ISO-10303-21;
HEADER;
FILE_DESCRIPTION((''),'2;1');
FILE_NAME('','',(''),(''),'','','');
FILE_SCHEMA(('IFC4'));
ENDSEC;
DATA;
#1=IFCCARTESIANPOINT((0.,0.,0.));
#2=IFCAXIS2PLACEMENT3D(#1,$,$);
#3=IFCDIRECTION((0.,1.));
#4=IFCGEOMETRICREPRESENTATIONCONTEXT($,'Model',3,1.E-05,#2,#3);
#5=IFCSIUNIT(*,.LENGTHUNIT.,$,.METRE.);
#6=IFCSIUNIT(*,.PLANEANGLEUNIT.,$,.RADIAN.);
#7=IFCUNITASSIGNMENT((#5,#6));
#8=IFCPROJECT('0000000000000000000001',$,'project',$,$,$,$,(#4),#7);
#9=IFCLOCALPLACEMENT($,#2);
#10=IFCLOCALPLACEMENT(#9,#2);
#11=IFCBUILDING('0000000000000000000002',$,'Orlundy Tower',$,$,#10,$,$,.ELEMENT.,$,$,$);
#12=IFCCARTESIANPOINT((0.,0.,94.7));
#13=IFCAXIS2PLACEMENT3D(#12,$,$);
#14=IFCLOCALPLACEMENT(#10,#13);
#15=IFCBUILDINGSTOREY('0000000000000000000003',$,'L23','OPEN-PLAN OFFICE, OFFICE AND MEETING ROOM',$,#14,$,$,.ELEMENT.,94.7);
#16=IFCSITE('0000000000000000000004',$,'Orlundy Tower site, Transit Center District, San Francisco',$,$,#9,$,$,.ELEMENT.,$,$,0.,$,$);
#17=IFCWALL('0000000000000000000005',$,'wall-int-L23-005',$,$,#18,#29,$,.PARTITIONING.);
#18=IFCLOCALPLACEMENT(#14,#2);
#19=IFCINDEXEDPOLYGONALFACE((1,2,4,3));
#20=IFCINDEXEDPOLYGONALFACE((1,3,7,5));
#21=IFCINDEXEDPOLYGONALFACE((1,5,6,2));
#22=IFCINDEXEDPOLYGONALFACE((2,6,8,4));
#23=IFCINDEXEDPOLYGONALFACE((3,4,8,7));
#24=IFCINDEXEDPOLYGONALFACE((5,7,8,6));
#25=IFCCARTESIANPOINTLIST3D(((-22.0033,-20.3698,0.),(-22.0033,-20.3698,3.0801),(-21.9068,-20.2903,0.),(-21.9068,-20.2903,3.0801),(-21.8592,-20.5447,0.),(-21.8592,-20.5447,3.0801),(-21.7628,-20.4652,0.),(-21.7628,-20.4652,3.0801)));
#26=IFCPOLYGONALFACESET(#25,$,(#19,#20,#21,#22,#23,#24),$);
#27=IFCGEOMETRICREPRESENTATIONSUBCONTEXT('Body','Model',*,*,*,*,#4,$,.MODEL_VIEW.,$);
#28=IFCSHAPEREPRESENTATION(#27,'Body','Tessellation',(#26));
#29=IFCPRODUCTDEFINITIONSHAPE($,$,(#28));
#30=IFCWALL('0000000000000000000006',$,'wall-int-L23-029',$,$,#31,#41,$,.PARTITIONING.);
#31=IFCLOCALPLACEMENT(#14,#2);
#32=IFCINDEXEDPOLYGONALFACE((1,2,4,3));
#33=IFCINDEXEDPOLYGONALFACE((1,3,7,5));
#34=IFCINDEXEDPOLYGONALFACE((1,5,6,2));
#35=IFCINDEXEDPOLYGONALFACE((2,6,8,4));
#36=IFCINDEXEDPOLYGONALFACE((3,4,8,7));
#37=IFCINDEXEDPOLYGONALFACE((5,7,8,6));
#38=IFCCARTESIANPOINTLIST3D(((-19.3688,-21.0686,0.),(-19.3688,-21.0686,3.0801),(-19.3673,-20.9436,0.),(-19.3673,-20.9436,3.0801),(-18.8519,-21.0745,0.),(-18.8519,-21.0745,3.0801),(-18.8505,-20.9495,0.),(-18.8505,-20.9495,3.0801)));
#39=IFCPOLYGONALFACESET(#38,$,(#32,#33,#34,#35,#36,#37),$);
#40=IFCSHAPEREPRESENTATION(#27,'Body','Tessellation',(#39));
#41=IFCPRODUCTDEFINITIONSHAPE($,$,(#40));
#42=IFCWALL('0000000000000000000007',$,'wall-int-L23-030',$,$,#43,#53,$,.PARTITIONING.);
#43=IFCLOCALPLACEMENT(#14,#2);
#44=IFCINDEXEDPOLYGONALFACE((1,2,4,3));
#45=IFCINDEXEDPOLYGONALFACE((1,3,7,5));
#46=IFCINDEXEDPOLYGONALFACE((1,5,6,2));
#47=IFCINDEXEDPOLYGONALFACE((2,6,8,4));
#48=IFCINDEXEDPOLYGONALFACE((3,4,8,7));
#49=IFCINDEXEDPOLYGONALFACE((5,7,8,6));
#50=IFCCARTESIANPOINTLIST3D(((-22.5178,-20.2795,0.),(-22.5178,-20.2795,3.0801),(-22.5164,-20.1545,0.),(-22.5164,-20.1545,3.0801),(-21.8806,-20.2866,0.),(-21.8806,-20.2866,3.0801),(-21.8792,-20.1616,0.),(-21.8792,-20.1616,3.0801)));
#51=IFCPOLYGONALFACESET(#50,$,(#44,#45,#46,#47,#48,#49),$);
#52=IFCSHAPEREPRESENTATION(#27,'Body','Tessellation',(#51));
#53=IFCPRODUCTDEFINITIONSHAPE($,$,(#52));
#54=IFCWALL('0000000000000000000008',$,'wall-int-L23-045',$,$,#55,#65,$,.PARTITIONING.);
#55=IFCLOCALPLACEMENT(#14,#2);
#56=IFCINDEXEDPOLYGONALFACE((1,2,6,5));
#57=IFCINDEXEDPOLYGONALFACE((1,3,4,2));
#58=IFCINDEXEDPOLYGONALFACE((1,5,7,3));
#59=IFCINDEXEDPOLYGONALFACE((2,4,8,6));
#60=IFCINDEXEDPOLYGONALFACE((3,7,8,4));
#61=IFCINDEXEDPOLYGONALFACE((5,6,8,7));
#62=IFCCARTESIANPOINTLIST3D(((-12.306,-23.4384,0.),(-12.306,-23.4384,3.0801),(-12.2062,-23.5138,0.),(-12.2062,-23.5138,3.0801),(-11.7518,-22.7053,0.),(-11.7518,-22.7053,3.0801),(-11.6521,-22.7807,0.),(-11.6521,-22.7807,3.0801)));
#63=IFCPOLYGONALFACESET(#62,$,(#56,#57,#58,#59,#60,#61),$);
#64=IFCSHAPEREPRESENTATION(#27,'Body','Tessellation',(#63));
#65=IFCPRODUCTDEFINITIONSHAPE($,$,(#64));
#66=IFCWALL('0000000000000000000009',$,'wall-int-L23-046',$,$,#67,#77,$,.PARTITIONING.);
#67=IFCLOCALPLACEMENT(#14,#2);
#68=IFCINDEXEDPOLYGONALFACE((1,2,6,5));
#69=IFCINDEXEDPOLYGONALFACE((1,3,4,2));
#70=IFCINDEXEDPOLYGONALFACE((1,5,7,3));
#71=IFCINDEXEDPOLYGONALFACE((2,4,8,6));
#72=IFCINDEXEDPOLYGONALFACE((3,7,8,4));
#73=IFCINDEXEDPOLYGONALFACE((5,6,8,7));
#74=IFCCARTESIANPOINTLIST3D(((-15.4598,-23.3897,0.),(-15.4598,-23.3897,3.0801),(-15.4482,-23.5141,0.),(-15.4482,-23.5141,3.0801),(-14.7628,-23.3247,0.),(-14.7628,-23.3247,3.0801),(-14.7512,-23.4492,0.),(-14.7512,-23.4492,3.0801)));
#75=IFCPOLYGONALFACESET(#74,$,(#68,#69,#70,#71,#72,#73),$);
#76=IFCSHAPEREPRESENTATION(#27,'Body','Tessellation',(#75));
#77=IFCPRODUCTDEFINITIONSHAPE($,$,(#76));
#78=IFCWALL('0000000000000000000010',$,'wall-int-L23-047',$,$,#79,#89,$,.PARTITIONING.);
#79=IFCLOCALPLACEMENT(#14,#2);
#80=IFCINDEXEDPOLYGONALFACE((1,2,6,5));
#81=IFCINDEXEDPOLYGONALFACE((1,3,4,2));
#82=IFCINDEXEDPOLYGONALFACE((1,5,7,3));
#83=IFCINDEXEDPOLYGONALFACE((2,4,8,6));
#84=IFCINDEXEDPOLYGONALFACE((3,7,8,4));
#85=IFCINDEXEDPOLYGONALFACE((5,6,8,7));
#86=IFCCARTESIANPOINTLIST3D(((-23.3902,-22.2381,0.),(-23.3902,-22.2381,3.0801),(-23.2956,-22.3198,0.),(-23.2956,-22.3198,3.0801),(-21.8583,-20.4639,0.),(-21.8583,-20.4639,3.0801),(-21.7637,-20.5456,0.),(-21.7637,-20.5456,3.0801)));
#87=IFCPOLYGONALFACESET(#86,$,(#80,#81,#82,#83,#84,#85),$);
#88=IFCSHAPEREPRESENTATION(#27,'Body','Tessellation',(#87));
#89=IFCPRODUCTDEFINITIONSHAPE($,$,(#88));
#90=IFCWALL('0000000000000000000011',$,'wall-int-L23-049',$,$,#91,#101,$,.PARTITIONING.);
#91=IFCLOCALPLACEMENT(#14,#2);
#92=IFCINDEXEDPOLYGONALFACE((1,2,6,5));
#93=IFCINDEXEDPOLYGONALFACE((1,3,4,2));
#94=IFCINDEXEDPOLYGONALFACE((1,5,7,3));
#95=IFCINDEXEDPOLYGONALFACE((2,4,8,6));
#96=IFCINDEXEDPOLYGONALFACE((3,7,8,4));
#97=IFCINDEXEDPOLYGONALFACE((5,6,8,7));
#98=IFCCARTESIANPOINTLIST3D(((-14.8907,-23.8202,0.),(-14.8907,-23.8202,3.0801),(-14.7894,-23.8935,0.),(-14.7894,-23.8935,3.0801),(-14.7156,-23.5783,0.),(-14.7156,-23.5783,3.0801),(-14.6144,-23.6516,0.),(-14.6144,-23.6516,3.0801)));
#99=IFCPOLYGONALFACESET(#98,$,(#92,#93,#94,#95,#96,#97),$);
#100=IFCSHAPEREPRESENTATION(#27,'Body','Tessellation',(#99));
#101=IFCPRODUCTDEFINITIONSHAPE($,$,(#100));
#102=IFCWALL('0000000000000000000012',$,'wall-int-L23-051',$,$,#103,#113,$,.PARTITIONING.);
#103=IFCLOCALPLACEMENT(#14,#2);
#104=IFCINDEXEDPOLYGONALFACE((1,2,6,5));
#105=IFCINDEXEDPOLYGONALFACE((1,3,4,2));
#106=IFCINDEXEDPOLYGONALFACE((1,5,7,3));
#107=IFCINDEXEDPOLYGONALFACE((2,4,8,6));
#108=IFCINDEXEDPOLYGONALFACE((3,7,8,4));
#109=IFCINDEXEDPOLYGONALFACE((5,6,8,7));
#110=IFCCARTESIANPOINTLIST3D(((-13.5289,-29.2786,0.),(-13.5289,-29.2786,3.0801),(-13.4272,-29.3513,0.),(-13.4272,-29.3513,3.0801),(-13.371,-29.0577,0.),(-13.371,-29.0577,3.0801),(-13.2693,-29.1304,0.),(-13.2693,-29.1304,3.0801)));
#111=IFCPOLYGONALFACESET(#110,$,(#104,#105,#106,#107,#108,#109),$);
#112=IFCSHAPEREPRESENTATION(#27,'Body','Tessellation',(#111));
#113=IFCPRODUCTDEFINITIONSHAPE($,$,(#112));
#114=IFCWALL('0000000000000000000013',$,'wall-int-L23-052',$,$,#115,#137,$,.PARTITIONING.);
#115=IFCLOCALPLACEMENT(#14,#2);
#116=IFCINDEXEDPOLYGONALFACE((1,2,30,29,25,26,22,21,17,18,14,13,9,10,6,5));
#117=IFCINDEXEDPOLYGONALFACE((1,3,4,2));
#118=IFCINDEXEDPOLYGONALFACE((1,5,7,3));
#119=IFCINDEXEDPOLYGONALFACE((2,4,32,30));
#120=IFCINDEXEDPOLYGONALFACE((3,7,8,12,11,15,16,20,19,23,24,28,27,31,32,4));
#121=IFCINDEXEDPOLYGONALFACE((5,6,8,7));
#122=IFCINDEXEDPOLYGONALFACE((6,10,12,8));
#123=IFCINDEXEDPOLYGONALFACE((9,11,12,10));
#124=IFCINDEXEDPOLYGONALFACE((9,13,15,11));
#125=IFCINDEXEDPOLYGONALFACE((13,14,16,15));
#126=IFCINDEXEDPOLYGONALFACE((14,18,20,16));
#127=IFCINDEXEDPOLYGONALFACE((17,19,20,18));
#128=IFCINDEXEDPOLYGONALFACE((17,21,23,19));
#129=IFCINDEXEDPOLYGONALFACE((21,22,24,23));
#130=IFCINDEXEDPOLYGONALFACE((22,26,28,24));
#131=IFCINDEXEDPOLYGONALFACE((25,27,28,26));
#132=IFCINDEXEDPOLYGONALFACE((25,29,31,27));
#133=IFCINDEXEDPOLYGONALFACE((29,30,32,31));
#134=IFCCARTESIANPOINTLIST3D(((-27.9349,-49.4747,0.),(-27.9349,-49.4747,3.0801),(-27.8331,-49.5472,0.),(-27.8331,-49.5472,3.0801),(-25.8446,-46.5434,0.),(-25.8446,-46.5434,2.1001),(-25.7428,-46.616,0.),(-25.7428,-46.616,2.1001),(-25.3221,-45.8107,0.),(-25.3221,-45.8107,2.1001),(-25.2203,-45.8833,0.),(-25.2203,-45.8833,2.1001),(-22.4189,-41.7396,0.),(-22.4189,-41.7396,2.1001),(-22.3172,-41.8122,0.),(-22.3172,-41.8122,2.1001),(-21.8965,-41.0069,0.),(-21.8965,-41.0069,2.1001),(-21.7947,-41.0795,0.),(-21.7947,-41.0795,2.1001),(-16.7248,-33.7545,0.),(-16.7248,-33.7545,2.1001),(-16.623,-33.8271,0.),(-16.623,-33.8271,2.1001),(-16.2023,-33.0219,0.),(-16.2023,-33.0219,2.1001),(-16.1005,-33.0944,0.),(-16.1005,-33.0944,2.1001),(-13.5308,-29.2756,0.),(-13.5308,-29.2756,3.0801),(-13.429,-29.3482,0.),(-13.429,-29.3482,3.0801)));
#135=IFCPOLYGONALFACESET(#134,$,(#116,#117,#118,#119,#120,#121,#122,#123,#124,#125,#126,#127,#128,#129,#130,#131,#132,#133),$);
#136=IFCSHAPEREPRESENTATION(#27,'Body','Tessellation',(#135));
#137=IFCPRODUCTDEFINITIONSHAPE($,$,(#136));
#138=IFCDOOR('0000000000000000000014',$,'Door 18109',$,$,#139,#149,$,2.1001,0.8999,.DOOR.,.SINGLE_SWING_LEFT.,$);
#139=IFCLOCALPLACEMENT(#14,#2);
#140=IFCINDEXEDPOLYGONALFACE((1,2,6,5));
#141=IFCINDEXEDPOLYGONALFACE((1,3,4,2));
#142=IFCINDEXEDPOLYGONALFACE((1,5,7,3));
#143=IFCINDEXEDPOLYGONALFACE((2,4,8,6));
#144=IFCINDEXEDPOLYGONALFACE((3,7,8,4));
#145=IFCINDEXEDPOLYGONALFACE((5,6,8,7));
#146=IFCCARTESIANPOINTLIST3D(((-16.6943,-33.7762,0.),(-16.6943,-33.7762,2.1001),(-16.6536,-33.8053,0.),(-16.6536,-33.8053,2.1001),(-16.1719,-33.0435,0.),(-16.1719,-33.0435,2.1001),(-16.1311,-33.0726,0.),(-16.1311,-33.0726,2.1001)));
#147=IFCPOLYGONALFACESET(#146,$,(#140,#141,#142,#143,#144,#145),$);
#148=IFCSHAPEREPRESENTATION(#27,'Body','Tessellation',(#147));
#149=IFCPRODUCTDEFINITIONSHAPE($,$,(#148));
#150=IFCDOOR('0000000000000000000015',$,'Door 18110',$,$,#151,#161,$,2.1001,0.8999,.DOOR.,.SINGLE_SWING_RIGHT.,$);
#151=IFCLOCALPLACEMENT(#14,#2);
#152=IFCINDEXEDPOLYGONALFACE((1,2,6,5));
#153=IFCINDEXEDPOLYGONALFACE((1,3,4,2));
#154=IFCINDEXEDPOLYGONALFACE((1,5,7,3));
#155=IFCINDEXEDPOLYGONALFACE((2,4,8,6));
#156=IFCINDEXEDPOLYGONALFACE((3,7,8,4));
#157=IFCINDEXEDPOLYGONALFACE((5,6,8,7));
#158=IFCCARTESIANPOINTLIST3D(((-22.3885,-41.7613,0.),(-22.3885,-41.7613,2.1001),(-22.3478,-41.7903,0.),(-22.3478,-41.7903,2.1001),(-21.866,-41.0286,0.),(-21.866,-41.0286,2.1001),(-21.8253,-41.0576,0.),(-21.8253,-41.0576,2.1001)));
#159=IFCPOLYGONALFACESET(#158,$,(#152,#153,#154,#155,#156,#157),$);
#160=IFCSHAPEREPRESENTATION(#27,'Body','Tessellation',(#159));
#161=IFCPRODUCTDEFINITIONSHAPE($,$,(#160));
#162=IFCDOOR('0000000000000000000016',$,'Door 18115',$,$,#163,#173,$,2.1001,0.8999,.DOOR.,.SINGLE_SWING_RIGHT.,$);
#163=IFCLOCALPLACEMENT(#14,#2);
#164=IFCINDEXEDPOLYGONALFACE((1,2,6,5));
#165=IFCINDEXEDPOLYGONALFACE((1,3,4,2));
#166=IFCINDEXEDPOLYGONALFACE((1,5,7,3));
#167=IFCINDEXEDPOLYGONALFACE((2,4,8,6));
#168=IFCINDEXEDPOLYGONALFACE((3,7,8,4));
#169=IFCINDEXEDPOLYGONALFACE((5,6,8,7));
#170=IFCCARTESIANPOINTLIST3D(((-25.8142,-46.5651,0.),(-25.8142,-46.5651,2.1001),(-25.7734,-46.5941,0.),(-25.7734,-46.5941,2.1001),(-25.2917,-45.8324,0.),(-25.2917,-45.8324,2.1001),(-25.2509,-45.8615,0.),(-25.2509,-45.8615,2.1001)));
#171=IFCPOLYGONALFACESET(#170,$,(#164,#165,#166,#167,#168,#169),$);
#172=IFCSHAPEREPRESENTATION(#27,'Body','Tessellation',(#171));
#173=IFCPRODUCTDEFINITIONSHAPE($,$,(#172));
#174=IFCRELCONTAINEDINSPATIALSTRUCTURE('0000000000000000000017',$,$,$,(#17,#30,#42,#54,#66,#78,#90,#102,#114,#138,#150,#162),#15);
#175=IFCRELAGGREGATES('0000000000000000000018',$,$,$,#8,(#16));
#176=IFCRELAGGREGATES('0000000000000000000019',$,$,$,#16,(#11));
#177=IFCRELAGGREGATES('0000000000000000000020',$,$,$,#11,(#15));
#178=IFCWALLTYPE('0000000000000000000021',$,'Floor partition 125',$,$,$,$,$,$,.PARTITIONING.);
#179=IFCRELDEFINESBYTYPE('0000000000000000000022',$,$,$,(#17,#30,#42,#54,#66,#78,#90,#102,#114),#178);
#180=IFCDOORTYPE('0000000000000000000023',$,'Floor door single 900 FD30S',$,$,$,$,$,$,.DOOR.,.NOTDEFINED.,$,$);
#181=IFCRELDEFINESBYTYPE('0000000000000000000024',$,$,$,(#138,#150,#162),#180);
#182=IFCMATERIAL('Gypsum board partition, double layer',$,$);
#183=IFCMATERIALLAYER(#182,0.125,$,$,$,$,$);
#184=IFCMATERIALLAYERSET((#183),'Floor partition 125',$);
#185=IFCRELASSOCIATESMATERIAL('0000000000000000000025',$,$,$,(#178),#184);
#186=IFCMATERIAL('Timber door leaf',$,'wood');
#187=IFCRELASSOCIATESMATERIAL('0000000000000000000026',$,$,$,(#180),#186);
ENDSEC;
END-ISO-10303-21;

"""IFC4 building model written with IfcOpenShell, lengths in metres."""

from ifc_helpers import new_model, si_unit, direction, frame, frame_2d, origin, place, context, subcontext, project, spatial, rectangle, extrude, material, layer, layer_set, type_object, element, fill, save


model = new_model("IFC4")

# Units and contexts
model_context = context("Model", 3, precision=1e-05, world=origin(), true_north=direction((0.0, 1.0)))
body_context = subcontext(model_context, "Body", "Model", "MODEL_VIEW")
ifc_project = project(units=[si_unit("LENGTHUNIT", "METRE"), si_unit("PLANEANGLEUNIT", "RADIAN")], contexts=[model_context])

# Site, building, storey
site_placement = place(None, origin())
site = spatial("IfcSite", under=ifc_project, at=site_placement, Name="Orlundy Tower site, Transit Center District, San Francisco", CompositionType="ELEMENT", RefElevation=0.0)
building_placement = place(site_placement, origin())
building = spatial("IfcBuilding", under=site, at=building_placement, Name="Orlundy Tower", CompositionType="ELEMENT")
storey_placement = place(building_placement, frame((0.0, 0.0, 94.7)))
storey = spatial("IfcBuildingStorey", under=building, at=storey_placement, Name="L23", Description="OPEN-PLAN OFFICE, OFFICE AND MEETING ROOM", CompositionType="ELEMENT", Elevation=94.7)

# Walls
ifc_material_1 = material(Name="Gypsum board partition, double layer")
ifc_layer_1 = layer(ifc_material_1, 0.125)
ifc_layer_set_1 = layer_set([ifc_layer_1], Name="Floor partition 125")
wall_type_1 = type_object("IfcWallType", Name="Floor partition 125", PredefinedType="PARTITIONING", material=ifc_layer_set_1)
wall_1_placement = place(storey_placement, frame((-21.9551, -20.3301, 0.0), z_axis=(0.0, 0.0, 1.0), x_axis=(0.635934, -0.771744, 0.0)))
element("IfcWall", 1, at=wall_1_placement, inside=storey, type_object=wall_type_1, Name="wall-int-L23-005", PredefinedType="PARTITIONING", context=body_context, shape_type="SweptSolid", body=[
    extrude(rectangle(XDim=0.2266, YDim=0.125, at=frame_2d((0.1133, 0.0))), origin(), (0.0, 0.0, 1.0), 3.0801),
])
wall_2_placement = place(storey_placement, frame((-19.3679, -21.0061, 0.0), z_axis=(0.0, 0.0, 1.0), x_axis=(0.999936, -0.011336, 0.0)))
element("IfcWall", 2, at=wall_2_placement, inside=storey, type_object=wall_type_1, Name="wall-int-L23-029", PredefinedType="PARTITIONING", context=body_context, shape_type="SweptSolid", body=[
    extrude(rectangle(XDim=0.5168, YDim=0.125, at=frame_2d((0.2583, 0.0))), origin(), (0.0, 0.0, 1.0), 3.0801),
])
wall_3_placement = place(storey_placement, frame((-22.5171, -20.217, 0.0), z_axis=(0.0, 0.0, 1.0), x_axis=(0.999938, -0.01111, 0.0)))
element("IfcWall", 3, at=wall_3_placement, inside=storey, type_object=wall_type_1, Name="wall-int-L23-030", PredefinedType="PARTITIONING", context=body_context, shape_type="SweptSolid", body=[
    extrude(rectangle(XDim=0.6372, YDim=0.125, at=frame_2d((0.3186, 0.0))), origin(), (0.0, 0.0, 1.0), 3.0801),
])
wall_4_placement = place(storey_placement, frame((-12.2561, -23.4761, 0.0), z_axis=(0.0, 0.0, 1.0), x_axis=(0.603013, 0.797731, 0.0)))
element("IfcWall", 4, at=wall_4_placement, inside=storey, type_object=wall_type_1, Name="wall-int-L23-045", PredefinedType="PARTITIONING", context=body_context, shape_type="SweptSolid", body=[
    extrude(rectangle(XDim=0.9189, YDim=0.125, at=frame_2d((0.4595, 0.0))), origin(), (0.0, 0.0, 1.0), 3.0801),
])
wall_5_placement = place(storey_placement, frame((-15.4541, -23.4519, 0.0), z_axis=(0.0, 0.0, 1.0), x_axis=(0.995688, 0.092768, 0.0)))
element("IfcWall", 5, at=wall_5_placement, inside=storey, type_object=wall_type_1, Name="wall-int-L23-046", PredefinedType="PARTITIONING", context=body_context, shape_type="SweptSolid", body=[
    extrude(rectangle(XDim=0.7, YDim=0.125, at=frame_2d((0.3501, 0.0))), origin(), (0.0, 0.0, 1.0), 3.0801),
])
wall_6_placement = place(storey_placement, frame((-21.811, -20.5049, 0.0), z_axis=(0.0, 0.0, 1.0), x_axis=(-0.653557, -0.756877, 0.0)))
element("IfcWall", 6, at=wall_6_placement, inside=storey, type_object=wall_type_1, Name="wall-int-L23-047", PredefinedType="PARTITIONING", context=body_context, shape_type="SweptSolid", body=[
    extrude(rectangle(XDim=2.344, YDim=0.125, at=frame_2d((1.1719, 0.0))), origin(), (0.0, 0.0, 1.0), 3.0801),
])
wall_7_placement = place(storey_placement, frame((-14.8401, -23.8569, 0.0), z_axis=(0.0, 0.0, 1.0), x_axis=(0.586177, 0.810183, 0.0)))
element("IfcWall", 7, at=wall_7_placement, inside=storey, type_object=wall_type_1, Name="wall-int-L23-049", PredefinedType="PARTITIONING", context=body_context, shape_type="SweptSolid", body=[
    extrude(rectangle(XDim=0.2986, YDim=0.125, at=frame_2d((0.1494, 0.0))), origin(), (0.0, 0.0, 1.0), 3.0801),
])
wall_8_placement = place(storey_placement, frame((-13.478, -29.3149, 0.0), z_axis=(0.0, 0.0, 1.0), x_axis=(0.581578, 0.81349, 0.0)))
element("IfcWall", 8, at=wall_8_placement, inside=storey, type_object=wall_type_1, Name="wall-int-L23-051", PredefinedType="PARTITIONING", context=body_context, shape_type="SweptSolid", body=[
    extrude(rectangle(XDim=0.2715, YDim=0.125, at=frame_2d((0.1357, 0.0))), origin(), (0.0, 0.0, 1.0), 3.0801),
])

# Wall, openings, doors
wall_9_placement = place(storey_placement, frame((-13.48, -29.312, 0.0), z_axis=(0.0, 0.0, 1.0), x_axis=(-0.580603, -0.814187, 0.0)))
wall_9 = element("IfcWall", 9, at=wall_9_placement, inside=storey, type_object=wall_type_1, Name="wall-int-L23-052", PredefinedType="PARTITIONING", context=body_context, shape_type="SweptSolid", body=[
    extrude(rectangle(XDim=24.8088, YDim=0.125, at=frame_2d((12.4043, 0.0))), origin(), (0.0, 0.0, 1.0), 3.0801),
])
opening_1_placement = place(wall_9_placement, frame((4.6011, 0.0, 0.0)))
opening_1 = element("IfcOpeningElement", 10, at=opening_1_placement, cuts=wall_9, PredefinedType="OPENING", context=body_context, shape_type="SweptSolid", body=[
    extrude(rectangle(XDim=0.8999, YDim=2.1001, at=frame_2d((0.45, 1.05))), frame((0.0, 0.0725, 0.0), z_axis=(0.0, -1.0, 0.0), x_axis=(1.0, 0.0, 0.0)), (0.0, 0.0, 1.0), 0.145),
])
opening_2_placement = place(wall_9_placement, frame((14.4084, 0.0, 0.0)))
opening_2 = element("IfcOpeningElement", 11, at=opening_2_placement, cuts=wall_9, PredefinedType="OPENING", context=body_context, shape_type="SweptSolid", body=[
    extrude(rectangle(XDim=0.8999, YDim=2.1001, at=frame_2d((0.45, 1.05))), frame((0.0, 0.0725, 0.0), z_axis=(0.0, -1.0, 0.0), x_axis=(1.0, 0.0, 0.0)), (0.0, 0.0, 1.0), 0.145),
])
opening_3_placement = place(wall_9_placement, frame((20.3086, 0.0, 0.0)))
opening_3 = element("IfcOpeningElement", 12, at=opening_3_placement, cuts=wall_9, PredefinedType="OPENING", context=body_context, shape_type="SweptSolid", body=[
    extrude(rectangle(XDim=0.8999, YDim=2.1001, at=frame_2d((0.45, 1.05))), frame((0.0, 0.0725, 0.0), z_axis=(0.0, -1.0, 0.0), x_axis=(1.0, 0.0, 0.0)), (0.0, 0.0, 1.0), 0.145),
])
ifc_material_2 = material(Name="Timber door leaf", Category="wood")
door_type = type_object("IfcDoorType", Name="Floor door single 900 FD30S", OperationType="NOTDEFINED", PredefinedType="DOOR", material=ifc_material_2)
door_1_placement = place(opening_1_placement, origin())
door_1 = element("IfcDoor", 13, at=door_1_placement, inside=storey, type_object=door_type, Name="Door 18109", OperationType="SINGLE_SWING_LEFT", OverallHeight=2.1001, OverallWidth=0.8999, PredefinedType="DOOR", context=body_context, shape_type="SweptSolid", body=[
    extrude(rectangle(XDim=0.8999, YDim=2.1001, at=frame_2d((0.45, 1.05))), frame((0.0, 0.0249, 0.0), z_axis=(0.0, -1.0, 0.0), x_axis=(1.0, 0.0, 0.0)), (0.0, 0.0, 1.0), 0.05),
])
fill(opening_1, door_1)
door_2_placement = place(opening_2_placement, origin())
door_2 = element("IfcDoor", 14, at=door_2_placement, inside=storey, type_object=door_type, Name="Door 18110", OperationType="SINGLE_SWING_RIGHT", OverallHeight=2.1001, OverallWidth=0.8999, PredefinedType="DOOR", context=body_context, shape_type="SweptSolid", body=[
    extrude(rectangle(XDim=0.8999, YDim=2.1001, at=frame_2d((0.45, 1.05))), frame((0.0, 0.0249, 0.0), z_axis=(0.0, -1.0, 0.0), x_axis=(1.0, 0.0, 0.0)), (0.0, 0.0, 1.0), 0.05),
])
fill(opening_2, door_2)
door_3_placement = place(opening_3_placement, origin())
door_3 = element("IfcDoor", 15, at=door_3_placement, inside=storey, type_object=door_type, Name="Door 18115", OperationType="SINGLE_SWING_RIGHT", OverallHeight=2.1001, OverallWidth=0.8999, PredefinedType="DOOR", context=body_context, shape_type="SweptSolid", body=[
    extrude(rectangle(XDim=0.8999, YDim=2.1001, at=frame_2d((0.45, 1.05))), frame((0.0, 0.0249, 0.0), z_axis=(0.0, -1.0, 0.0), x_axis=(1.0, 0.0, 0.0)), (0.0, 0.0, 1.0), 0.05),
])
fill(opening_3, door_3)

save(model, "model.ifc")
